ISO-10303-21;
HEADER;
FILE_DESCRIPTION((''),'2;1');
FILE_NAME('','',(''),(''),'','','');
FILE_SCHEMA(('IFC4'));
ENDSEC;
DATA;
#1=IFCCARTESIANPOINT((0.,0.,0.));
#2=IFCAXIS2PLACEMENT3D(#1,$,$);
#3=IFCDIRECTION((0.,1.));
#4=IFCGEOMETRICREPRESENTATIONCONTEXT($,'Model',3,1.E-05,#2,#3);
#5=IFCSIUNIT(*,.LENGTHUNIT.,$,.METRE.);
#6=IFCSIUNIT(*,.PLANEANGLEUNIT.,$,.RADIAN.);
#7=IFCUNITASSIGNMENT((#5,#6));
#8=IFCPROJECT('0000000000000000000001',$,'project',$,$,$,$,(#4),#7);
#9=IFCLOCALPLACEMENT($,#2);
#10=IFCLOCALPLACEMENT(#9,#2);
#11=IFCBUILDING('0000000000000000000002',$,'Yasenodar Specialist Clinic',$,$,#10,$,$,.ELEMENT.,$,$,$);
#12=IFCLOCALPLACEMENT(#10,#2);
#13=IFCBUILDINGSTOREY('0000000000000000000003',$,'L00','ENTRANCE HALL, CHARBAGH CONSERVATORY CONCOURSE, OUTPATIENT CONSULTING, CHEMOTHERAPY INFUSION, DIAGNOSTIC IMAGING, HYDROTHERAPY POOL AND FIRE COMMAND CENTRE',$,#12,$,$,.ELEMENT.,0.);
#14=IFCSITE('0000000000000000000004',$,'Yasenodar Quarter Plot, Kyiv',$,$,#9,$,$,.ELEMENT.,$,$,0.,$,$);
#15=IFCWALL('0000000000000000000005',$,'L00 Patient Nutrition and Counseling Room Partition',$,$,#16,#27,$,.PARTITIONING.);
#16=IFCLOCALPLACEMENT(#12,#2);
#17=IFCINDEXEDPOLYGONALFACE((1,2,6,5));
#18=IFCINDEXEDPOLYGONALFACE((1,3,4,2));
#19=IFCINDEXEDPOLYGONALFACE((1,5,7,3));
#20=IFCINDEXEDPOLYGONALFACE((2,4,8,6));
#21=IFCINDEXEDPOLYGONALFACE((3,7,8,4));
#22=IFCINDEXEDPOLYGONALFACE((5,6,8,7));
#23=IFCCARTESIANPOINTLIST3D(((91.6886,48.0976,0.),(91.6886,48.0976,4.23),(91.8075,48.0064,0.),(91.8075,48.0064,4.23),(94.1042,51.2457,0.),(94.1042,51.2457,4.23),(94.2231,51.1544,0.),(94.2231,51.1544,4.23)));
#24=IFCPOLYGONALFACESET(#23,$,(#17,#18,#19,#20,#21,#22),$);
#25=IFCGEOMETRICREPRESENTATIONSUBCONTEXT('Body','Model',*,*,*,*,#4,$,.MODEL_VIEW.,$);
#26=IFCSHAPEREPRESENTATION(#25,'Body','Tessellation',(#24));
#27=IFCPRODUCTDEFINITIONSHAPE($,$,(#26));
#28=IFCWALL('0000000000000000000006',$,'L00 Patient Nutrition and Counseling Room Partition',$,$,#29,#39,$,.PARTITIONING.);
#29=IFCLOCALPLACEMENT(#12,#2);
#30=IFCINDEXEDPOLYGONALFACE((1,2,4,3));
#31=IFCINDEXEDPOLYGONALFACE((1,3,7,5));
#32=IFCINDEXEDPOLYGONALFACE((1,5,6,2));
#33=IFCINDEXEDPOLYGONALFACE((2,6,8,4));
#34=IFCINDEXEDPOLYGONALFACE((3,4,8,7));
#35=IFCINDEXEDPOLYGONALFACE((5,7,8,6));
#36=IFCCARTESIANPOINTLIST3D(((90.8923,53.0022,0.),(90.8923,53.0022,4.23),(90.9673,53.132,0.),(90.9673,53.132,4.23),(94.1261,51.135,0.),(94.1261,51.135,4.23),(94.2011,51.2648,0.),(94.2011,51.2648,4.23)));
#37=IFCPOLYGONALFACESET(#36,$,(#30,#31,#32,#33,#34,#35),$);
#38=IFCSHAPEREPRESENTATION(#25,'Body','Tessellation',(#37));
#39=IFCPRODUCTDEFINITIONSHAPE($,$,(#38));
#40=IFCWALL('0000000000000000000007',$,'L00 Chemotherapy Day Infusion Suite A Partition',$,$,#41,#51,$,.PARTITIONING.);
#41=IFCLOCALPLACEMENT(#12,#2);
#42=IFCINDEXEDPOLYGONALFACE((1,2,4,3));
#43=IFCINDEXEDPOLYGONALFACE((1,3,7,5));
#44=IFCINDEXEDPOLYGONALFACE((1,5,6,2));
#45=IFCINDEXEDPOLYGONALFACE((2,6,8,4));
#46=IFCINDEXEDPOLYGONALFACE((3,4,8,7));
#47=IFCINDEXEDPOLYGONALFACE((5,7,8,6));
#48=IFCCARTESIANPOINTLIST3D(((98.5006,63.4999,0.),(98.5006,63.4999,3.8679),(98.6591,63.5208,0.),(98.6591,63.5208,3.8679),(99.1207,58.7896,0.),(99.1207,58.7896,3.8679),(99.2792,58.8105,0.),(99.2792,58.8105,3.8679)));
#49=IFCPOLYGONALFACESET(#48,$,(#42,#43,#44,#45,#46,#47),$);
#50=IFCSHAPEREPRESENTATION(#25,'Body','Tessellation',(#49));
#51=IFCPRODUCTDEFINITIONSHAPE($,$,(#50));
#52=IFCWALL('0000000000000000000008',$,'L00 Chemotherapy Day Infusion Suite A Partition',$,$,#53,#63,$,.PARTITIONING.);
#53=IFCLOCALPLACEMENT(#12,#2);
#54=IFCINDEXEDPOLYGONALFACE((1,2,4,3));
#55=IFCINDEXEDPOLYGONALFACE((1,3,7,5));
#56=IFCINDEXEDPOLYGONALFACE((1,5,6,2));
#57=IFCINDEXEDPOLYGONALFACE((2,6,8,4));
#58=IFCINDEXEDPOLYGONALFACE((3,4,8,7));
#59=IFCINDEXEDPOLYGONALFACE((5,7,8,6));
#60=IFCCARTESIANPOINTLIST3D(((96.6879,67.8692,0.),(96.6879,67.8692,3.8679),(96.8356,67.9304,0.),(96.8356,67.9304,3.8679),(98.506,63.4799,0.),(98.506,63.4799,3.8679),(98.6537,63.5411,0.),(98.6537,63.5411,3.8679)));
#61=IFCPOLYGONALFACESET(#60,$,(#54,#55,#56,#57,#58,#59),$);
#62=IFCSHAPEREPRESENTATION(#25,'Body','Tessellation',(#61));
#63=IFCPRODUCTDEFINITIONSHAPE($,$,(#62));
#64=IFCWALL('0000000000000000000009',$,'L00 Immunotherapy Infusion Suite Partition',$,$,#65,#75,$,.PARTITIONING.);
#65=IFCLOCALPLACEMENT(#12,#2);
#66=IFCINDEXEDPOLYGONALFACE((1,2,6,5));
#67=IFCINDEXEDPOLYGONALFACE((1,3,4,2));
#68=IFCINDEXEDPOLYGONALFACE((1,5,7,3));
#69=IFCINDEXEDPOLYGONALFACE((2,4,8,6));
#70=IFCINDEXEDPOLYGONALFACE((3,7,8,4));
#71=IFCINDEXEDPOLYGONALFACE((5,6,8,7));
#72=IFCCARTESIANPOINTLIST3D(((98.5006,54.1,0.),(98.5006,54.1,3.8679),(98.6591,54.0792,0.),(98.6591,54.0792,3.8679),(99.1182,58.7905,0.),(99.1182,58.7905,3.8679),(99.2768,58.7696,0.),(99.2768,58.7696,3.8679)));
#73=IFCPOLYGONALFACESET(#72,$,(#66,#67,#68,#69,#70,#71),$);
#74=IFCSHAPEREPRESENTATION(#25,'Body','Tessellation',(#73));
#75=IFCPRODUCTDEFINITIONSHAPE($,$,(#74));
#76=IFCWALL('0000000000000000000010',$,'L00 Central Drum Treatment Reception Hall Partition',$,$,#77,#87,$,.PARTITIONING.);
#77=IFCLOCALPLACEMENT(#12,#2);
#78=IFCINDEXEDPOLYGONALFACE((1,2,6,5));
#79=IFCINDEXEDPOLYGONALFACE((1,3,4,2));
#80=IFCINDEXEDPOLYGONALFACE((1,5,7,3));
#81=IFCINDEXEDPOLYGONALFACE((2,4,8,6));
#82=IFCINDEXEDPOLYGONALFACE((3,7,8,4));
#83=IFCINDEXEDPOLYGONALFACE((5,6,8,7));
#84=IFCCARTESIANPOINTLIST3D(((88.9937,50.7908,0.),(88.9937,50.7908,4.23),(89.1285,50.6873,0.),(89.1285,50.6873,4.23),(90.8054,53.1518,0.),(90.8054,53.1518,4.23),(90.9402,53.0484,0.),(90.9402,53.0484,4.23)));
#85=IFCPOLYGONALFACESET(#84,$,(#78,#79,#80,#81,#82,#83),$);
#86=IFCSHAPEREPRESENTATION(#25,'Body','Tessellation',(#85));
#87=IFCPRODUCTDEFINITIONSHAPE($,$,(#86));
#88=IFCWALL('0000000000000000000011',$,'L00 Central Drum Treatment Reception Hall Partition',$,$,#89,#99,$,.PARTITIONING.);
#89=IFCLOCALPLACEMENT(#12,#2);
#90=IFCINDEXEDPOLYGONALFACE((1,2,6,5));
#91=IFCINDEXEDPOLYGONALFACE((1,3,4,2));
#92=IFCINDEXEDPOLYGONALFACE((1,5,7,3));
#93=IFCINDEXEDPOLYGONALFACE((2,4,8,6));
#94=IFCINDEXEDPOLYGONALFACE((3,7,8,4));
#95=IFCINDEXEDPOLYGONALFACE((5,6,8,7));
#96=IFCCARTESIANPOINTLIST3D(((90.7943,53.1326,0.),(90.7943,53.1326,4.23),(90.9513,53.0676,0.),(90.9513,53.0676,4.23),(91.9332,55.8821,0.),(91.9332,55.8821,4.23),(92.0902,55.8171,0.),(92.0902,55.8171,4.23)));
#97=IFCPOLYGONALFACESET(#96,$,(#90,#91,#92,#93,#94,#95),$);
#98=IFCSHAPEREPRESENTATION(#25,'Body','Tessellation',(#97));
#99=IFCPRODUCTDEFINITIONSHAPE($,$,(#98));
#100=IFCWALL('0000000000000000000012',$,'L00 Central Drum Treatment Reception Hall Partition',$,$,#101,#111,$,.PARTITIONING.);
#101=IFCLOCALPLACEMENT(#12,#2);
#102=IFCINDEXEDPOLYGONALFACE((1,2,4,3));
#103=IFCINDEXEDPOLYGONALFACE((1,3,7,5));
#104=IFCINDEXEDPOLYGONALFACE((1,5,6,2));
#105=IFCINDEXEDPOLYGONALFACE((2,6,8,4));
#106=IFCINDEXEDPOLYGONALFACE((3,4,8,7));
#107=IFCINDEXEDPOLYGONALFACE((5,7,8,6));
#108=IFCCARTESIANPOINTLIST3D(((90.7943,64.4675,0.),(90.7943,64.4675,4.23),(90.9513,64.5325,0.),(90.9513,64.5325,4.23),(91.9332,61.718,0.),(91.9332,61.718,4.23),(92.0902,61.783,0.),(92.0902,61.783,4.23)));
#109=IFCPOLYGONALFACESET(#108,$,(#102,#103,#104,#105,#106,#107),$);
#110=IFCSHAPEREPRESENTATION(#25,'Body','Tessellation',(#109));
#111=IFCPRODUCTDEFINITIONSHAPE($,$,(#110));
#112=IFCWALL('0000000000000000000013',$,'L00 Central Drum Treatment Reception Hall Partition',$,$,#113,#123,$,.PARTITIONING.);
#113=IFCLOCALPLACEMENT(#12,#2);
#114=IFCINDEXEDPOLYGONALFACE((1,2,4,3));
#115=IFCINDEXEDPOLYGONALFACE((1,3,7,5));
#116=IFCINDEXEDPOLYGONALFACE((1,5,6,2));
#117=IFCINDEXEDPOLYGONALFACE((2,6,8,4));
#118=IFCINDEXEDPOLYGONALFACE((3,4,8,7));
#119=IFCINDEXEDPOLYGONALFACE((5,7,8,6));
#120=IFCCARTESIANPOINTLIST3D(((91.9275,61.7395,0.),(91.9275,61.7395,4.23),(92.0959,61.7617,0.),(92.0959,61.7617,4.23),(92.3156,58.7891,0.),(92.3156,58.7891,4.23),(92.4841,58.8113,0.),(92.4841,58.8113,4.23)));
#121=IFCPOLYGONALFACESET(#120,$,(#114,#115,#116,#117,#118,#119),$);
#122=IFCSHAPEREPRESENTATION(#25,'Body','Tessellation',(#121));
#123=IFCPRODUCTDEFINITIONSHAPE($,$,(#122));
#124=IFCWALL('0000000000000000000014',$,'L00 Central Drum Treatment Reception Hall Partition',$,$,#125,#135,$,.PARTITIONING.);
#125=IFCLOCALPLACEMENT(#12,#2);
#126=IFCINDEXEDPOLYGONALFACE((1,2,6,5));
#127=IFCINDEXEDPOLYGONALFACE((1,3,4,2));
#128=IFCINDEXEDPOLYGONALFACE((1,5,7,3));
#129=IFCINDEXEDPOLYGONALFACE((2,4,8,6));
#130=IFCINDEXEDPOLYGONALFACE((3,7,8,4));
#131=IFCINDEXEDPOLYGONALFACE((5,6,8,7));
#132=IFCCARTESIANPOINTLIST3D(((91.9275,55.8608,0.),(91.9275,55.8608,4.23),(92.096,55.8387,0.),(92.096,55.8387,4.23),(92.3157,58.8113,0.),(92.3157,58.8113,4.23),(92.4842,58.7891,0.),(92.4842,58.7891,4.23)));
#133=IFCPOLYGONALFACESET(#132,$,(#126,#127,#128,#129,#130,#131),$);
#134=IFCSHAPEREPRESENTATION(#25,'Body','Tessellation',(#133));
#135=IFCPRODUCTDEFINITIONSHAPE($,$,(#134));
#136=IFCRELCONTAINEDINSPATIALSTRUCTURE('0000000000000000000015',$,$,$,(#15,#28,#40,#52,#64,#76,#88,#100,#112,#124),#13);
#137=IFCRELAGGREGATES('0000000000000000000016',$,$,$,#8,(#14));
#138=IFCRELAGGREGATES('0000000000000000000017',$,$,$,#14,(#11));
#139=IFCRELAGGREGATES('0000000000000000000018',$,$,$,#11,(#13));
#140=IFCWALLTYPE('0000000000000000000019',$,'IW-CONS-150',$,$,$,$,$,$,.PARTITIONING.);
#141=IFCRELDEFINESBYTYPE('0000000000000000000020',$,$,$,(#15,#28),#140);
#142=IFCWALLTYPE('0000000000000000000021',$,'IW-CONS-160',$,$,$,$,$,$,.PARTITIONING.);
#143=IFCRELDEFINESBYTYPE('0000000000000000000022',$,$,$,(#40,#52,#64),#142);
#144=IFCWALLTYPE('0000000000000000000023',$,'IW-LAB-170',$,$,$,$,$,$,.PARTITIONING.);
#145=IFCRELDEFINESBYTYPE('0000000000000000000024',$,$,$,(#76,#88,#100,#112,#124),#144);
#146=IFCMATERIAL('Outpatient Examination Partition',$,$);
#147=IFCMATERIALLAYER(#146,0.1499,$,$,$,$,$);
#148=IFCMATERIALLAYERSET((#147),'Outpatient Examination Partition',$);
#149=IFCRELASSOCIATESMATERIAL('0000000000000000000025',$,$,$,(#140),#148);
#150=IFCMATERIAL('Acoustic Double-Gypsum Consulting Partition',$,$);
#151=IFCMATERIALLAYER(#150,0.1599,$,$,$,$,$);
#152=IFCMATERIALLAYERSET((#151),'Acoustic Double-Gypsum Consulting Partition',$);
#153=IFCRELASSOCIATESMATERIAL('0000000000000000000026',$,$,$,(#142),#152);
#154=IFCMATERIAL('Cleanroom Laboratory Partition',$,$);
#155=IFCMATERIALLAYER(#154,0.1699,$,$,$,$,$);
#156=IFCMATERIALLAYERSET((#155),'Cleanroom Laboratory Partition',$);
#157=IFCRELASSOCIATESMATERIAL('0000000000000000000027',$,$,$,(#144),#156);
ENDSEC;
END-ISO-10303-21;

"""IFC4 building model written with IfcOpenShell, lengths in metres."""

from ifc_helpers import new_model, si_unit, direction, frame, frame_2d, origin, place, context, subcontext, project, spatial, rectangle, extrude, material, layer, layer_set, type_object, element, save


model = new_model("IFC4")

# Units and contexts
model_context = context("Model", 3, precision=1e-05, world=origin(), true_north=direction((0.0, 1.0)))
body_context = subcontext(model_context, "Body", "Model", "MODEL_VIEW")
ifc_project = project(units=[si_unit("LENGTHUNIT", "METRE"), si_unit("PLANEANGLEUNIT", "RADIAN")], contexts=[model_context])

# Site, building, storey
site_placement = place(None, origin())
site = spatial("IfcSite", under=ifc_project, at=site_placement, Name="Yasenodar Quarter Plot, Kyiv", CompositionType="ELEMENT", RefElevation=0.0)
building_placement = place(site_placement, origin())
building = spatial("IfcBuilding", under=site, at=building_placement, Name="Yasenodar Specialist Clinic", CompositionType="ELEMENT")
storey_placement = place(building_placement, origin())
storey = spatial("IfcBuildingStorey", under=building, at=storey_placement, Name="L00", Description="ENTRANCE HALL, CHARBAGH CONSERVATORY CONCOURSE, OUTPATIENT CONSULTING, CHEMOTHERAPY INFUSION, DIAGNOSTIC IMAGING, HYDROTHERAPY POOL AND FIRE COMMAND CENTRE", CompositionType="ELEMENT", Elevation=0.0)

# Walls
ifc_material_1 = material(Name="Outpatient Examination Partition")
ifc_layer_1 = layer(ifc_material_1, 0.1499)
ifc_layer_set_1 = layer_set([ifc_layer_1], Name="Outpatient Examination Partition")
wall_type_1 = type_object("IfcWallType", Name="IW-CONS-150", PredefinedType="PARTITIONING", material=ifc_layer_set_1)
wall_1_placement = place(storey_placement, frame((94.1636, 51.2, 0.0), z_axis=(0.0, 0.0, 1.0), x_axis=(-0.608765, -0.793351, 0.0)))
element("IfcWall", 1, at=wall_1_placement, inside=storey, type_object=wall_type_1, Name="L00 Patient Nutrition and Counseling Room Partition", PredefinedType="PARTITIONING", context=body_context, shape_type="SweptSolid", body=[
    extrude(rectangle(XDim=3.968, YDim=0.1499, at=frame_2d((1.9839, 0.0))), origin(), (0.0, 0.0, 1.0), 4.23),
])
wall_2_placement = place(storey_placement, frame((90.9297, 53.0671, 0.0), z_axis=(0.0, 0.0, 1.0), x_axis=(0.866014, -0.500021, 0.0)))
element("IfcWall", 2, at=wall_2_placement, inside=storey, type_object=wall_type_1, Name="L00 Patient Nutrition and Counseling Room Partition", PredefinedType="PARTITIONING", context=body_context, shape_type="SweptSolid", body=[
    extrude(rectangle(XDim=3.7341, YDim=0.1499, at=frame_2d((1.8672, 0.0))), origin(), (0.0, 0.0, 1.0), 4.23),
])
ifc_material_2 = material(Name="Acoustic Double-Gypsum Consulting Partition")
ifc_layer_2 = layer(ifc_material_2, 0.1599)
ifc_layer_set_2 = layer_set([ifc_layer_2], Name="Acoustic Double-Gypsum Consulting Partition")
wall_type_2 = type_object("IfcWallType", Name="IW-CONS-160", PredefinedType="PARTITIONING", material=ifc_layer_set_2)
for number, where, z_axis, x_axis, name in (
    (3, (99.2, 58.8, 0.0), (0.0, 0.0, 1.0), (-0.130521, 0.991446, 0.0), "L00 Chemotherapy Day Infusion Suite A Partition"),
    (4, (98.5798, 63.5105, 0.0), (0.0, 0.0, 1.0), (-0.382677, 0.923882, 0.0), "L00 Chemotherapy Day Infusion Suite A Partition"),
):
    element("IfcWall", number, at=place(storey_placement, frame(where, z_axis=z_axis, x_axis=x_axis)), inside=storey, type_object=wall_type_2, Name=name, PredefinedType="PARTITIONING", context=body_context, shape_type="SweptSolid", body=[
        extrude(rectangle(XDim=4.751, YDim=0.1599, at=frame_2d((2.3755, 0.0))), origin(), (0.0, 0.0, 1.0), 3.8679),
    ])
wall_3_placement = place(storey_placement, frame((98.5798, 54.0896, 0.0), z_axis=(0.0, 0.0, 1.0), x_axis=(0.130561, 0.99144, 0.0)))
element("IfcWall", 5, at=wall_3_placement, inside=storey, type_object=wall_type_2, Name="L00 Immunotherapy Infusion Suite Partition", PredefinedType="PARTITIONING", context=body_context, shape_type="SweptSolid", body=[
    extrude(rectangle(XDim=4.731, YDim=0.1599, at=frame_2d((2.3655, 0.0))), origin(), (0.0, 0.0, 1.0), 3.8679),
])
ifc_material_3 = material(Name="Cleanroom Laboratory Partition")
ifc_layer_3 = layer(ifc_material_3, 0.1699)
ifc_layer_set_3 = layer_set([ifc_layer_3], Name="Cleanroom Laboratory Partition")
wall_type_3 = type_object("IfcWallType", Name="IW-LAB-170", PredefinedType="PARTITIONING", material=ifc_layer_set_3)
for number, where, z_axis, x_axis, name in (
    (6, (90.8728, 53.1001, 0.0), (0.0, 0.0, 1.0), (-0.608771, -0.793346, 0.0), "L00 Central Drum Treatment Reception Hall Partition"),
    (7, (92.0117, 55.8496, 0.0), (0.0, 0.0, 1.0), (-0.382692, -0.923876, 0.0), "L00 Central Drum Treatment Reception Hall Partition"),
    (8, (90.8728, 64.5, 0.0), (0.0, 0.0, 1.0), (0.382692, -0.923876, 0.0), "L00 Central Drum Treatment Reception Hall Partition"),
):
    element("IfcWall", number, at=place(storey_placement, frame(where, z_axis=z_axis, x_axis=x_axis)), inside=storey, type_object=wall_type_3, Name=name, PredefinedType="PARTITIONING", context=body_context, shape_type="SweptSolid", body=[
        extrude(rectangle(XDim=2.9761, YDim=0.1699, at=frame_2d((1.488, 0.0))), origin(), (0.0, 0.0, 1.0), 4.23),
    ])
for number, where, z_axis, x_axis, name in (
    (9, (92.0117, 61.7505, 0.0), (0.0, 0.0, 1.0), (0.130444, -0.991456, 0.0), "L00 Central Drum Treatment Reception Hall Partition"),
    (10, (92.3999, 58.8, 0.0), (0.0, 0.0, 1.0), (-0.130444, -0.991456, 0.0), "L00 Central Drum Treatment Reception Hall Partition"),
):
    element("IfcWall", number, at=place(storey_placement, frame(where, z_axis=z_axis, x_axis=x_axis)), inside=storey, type_object=wall_type_3, Name=name, PredefinedType="PARTITIONING", context=body_context, shape_type="SweptSolid", body=[
        extrude(rectangle(XDim=2.9758, YDim=0.1699, at=frame_2d((1.4878, 0.0))), origin(), (0.0, 0.0, 1.0), 4.23),
    ])

save(model, "model.ifc")
